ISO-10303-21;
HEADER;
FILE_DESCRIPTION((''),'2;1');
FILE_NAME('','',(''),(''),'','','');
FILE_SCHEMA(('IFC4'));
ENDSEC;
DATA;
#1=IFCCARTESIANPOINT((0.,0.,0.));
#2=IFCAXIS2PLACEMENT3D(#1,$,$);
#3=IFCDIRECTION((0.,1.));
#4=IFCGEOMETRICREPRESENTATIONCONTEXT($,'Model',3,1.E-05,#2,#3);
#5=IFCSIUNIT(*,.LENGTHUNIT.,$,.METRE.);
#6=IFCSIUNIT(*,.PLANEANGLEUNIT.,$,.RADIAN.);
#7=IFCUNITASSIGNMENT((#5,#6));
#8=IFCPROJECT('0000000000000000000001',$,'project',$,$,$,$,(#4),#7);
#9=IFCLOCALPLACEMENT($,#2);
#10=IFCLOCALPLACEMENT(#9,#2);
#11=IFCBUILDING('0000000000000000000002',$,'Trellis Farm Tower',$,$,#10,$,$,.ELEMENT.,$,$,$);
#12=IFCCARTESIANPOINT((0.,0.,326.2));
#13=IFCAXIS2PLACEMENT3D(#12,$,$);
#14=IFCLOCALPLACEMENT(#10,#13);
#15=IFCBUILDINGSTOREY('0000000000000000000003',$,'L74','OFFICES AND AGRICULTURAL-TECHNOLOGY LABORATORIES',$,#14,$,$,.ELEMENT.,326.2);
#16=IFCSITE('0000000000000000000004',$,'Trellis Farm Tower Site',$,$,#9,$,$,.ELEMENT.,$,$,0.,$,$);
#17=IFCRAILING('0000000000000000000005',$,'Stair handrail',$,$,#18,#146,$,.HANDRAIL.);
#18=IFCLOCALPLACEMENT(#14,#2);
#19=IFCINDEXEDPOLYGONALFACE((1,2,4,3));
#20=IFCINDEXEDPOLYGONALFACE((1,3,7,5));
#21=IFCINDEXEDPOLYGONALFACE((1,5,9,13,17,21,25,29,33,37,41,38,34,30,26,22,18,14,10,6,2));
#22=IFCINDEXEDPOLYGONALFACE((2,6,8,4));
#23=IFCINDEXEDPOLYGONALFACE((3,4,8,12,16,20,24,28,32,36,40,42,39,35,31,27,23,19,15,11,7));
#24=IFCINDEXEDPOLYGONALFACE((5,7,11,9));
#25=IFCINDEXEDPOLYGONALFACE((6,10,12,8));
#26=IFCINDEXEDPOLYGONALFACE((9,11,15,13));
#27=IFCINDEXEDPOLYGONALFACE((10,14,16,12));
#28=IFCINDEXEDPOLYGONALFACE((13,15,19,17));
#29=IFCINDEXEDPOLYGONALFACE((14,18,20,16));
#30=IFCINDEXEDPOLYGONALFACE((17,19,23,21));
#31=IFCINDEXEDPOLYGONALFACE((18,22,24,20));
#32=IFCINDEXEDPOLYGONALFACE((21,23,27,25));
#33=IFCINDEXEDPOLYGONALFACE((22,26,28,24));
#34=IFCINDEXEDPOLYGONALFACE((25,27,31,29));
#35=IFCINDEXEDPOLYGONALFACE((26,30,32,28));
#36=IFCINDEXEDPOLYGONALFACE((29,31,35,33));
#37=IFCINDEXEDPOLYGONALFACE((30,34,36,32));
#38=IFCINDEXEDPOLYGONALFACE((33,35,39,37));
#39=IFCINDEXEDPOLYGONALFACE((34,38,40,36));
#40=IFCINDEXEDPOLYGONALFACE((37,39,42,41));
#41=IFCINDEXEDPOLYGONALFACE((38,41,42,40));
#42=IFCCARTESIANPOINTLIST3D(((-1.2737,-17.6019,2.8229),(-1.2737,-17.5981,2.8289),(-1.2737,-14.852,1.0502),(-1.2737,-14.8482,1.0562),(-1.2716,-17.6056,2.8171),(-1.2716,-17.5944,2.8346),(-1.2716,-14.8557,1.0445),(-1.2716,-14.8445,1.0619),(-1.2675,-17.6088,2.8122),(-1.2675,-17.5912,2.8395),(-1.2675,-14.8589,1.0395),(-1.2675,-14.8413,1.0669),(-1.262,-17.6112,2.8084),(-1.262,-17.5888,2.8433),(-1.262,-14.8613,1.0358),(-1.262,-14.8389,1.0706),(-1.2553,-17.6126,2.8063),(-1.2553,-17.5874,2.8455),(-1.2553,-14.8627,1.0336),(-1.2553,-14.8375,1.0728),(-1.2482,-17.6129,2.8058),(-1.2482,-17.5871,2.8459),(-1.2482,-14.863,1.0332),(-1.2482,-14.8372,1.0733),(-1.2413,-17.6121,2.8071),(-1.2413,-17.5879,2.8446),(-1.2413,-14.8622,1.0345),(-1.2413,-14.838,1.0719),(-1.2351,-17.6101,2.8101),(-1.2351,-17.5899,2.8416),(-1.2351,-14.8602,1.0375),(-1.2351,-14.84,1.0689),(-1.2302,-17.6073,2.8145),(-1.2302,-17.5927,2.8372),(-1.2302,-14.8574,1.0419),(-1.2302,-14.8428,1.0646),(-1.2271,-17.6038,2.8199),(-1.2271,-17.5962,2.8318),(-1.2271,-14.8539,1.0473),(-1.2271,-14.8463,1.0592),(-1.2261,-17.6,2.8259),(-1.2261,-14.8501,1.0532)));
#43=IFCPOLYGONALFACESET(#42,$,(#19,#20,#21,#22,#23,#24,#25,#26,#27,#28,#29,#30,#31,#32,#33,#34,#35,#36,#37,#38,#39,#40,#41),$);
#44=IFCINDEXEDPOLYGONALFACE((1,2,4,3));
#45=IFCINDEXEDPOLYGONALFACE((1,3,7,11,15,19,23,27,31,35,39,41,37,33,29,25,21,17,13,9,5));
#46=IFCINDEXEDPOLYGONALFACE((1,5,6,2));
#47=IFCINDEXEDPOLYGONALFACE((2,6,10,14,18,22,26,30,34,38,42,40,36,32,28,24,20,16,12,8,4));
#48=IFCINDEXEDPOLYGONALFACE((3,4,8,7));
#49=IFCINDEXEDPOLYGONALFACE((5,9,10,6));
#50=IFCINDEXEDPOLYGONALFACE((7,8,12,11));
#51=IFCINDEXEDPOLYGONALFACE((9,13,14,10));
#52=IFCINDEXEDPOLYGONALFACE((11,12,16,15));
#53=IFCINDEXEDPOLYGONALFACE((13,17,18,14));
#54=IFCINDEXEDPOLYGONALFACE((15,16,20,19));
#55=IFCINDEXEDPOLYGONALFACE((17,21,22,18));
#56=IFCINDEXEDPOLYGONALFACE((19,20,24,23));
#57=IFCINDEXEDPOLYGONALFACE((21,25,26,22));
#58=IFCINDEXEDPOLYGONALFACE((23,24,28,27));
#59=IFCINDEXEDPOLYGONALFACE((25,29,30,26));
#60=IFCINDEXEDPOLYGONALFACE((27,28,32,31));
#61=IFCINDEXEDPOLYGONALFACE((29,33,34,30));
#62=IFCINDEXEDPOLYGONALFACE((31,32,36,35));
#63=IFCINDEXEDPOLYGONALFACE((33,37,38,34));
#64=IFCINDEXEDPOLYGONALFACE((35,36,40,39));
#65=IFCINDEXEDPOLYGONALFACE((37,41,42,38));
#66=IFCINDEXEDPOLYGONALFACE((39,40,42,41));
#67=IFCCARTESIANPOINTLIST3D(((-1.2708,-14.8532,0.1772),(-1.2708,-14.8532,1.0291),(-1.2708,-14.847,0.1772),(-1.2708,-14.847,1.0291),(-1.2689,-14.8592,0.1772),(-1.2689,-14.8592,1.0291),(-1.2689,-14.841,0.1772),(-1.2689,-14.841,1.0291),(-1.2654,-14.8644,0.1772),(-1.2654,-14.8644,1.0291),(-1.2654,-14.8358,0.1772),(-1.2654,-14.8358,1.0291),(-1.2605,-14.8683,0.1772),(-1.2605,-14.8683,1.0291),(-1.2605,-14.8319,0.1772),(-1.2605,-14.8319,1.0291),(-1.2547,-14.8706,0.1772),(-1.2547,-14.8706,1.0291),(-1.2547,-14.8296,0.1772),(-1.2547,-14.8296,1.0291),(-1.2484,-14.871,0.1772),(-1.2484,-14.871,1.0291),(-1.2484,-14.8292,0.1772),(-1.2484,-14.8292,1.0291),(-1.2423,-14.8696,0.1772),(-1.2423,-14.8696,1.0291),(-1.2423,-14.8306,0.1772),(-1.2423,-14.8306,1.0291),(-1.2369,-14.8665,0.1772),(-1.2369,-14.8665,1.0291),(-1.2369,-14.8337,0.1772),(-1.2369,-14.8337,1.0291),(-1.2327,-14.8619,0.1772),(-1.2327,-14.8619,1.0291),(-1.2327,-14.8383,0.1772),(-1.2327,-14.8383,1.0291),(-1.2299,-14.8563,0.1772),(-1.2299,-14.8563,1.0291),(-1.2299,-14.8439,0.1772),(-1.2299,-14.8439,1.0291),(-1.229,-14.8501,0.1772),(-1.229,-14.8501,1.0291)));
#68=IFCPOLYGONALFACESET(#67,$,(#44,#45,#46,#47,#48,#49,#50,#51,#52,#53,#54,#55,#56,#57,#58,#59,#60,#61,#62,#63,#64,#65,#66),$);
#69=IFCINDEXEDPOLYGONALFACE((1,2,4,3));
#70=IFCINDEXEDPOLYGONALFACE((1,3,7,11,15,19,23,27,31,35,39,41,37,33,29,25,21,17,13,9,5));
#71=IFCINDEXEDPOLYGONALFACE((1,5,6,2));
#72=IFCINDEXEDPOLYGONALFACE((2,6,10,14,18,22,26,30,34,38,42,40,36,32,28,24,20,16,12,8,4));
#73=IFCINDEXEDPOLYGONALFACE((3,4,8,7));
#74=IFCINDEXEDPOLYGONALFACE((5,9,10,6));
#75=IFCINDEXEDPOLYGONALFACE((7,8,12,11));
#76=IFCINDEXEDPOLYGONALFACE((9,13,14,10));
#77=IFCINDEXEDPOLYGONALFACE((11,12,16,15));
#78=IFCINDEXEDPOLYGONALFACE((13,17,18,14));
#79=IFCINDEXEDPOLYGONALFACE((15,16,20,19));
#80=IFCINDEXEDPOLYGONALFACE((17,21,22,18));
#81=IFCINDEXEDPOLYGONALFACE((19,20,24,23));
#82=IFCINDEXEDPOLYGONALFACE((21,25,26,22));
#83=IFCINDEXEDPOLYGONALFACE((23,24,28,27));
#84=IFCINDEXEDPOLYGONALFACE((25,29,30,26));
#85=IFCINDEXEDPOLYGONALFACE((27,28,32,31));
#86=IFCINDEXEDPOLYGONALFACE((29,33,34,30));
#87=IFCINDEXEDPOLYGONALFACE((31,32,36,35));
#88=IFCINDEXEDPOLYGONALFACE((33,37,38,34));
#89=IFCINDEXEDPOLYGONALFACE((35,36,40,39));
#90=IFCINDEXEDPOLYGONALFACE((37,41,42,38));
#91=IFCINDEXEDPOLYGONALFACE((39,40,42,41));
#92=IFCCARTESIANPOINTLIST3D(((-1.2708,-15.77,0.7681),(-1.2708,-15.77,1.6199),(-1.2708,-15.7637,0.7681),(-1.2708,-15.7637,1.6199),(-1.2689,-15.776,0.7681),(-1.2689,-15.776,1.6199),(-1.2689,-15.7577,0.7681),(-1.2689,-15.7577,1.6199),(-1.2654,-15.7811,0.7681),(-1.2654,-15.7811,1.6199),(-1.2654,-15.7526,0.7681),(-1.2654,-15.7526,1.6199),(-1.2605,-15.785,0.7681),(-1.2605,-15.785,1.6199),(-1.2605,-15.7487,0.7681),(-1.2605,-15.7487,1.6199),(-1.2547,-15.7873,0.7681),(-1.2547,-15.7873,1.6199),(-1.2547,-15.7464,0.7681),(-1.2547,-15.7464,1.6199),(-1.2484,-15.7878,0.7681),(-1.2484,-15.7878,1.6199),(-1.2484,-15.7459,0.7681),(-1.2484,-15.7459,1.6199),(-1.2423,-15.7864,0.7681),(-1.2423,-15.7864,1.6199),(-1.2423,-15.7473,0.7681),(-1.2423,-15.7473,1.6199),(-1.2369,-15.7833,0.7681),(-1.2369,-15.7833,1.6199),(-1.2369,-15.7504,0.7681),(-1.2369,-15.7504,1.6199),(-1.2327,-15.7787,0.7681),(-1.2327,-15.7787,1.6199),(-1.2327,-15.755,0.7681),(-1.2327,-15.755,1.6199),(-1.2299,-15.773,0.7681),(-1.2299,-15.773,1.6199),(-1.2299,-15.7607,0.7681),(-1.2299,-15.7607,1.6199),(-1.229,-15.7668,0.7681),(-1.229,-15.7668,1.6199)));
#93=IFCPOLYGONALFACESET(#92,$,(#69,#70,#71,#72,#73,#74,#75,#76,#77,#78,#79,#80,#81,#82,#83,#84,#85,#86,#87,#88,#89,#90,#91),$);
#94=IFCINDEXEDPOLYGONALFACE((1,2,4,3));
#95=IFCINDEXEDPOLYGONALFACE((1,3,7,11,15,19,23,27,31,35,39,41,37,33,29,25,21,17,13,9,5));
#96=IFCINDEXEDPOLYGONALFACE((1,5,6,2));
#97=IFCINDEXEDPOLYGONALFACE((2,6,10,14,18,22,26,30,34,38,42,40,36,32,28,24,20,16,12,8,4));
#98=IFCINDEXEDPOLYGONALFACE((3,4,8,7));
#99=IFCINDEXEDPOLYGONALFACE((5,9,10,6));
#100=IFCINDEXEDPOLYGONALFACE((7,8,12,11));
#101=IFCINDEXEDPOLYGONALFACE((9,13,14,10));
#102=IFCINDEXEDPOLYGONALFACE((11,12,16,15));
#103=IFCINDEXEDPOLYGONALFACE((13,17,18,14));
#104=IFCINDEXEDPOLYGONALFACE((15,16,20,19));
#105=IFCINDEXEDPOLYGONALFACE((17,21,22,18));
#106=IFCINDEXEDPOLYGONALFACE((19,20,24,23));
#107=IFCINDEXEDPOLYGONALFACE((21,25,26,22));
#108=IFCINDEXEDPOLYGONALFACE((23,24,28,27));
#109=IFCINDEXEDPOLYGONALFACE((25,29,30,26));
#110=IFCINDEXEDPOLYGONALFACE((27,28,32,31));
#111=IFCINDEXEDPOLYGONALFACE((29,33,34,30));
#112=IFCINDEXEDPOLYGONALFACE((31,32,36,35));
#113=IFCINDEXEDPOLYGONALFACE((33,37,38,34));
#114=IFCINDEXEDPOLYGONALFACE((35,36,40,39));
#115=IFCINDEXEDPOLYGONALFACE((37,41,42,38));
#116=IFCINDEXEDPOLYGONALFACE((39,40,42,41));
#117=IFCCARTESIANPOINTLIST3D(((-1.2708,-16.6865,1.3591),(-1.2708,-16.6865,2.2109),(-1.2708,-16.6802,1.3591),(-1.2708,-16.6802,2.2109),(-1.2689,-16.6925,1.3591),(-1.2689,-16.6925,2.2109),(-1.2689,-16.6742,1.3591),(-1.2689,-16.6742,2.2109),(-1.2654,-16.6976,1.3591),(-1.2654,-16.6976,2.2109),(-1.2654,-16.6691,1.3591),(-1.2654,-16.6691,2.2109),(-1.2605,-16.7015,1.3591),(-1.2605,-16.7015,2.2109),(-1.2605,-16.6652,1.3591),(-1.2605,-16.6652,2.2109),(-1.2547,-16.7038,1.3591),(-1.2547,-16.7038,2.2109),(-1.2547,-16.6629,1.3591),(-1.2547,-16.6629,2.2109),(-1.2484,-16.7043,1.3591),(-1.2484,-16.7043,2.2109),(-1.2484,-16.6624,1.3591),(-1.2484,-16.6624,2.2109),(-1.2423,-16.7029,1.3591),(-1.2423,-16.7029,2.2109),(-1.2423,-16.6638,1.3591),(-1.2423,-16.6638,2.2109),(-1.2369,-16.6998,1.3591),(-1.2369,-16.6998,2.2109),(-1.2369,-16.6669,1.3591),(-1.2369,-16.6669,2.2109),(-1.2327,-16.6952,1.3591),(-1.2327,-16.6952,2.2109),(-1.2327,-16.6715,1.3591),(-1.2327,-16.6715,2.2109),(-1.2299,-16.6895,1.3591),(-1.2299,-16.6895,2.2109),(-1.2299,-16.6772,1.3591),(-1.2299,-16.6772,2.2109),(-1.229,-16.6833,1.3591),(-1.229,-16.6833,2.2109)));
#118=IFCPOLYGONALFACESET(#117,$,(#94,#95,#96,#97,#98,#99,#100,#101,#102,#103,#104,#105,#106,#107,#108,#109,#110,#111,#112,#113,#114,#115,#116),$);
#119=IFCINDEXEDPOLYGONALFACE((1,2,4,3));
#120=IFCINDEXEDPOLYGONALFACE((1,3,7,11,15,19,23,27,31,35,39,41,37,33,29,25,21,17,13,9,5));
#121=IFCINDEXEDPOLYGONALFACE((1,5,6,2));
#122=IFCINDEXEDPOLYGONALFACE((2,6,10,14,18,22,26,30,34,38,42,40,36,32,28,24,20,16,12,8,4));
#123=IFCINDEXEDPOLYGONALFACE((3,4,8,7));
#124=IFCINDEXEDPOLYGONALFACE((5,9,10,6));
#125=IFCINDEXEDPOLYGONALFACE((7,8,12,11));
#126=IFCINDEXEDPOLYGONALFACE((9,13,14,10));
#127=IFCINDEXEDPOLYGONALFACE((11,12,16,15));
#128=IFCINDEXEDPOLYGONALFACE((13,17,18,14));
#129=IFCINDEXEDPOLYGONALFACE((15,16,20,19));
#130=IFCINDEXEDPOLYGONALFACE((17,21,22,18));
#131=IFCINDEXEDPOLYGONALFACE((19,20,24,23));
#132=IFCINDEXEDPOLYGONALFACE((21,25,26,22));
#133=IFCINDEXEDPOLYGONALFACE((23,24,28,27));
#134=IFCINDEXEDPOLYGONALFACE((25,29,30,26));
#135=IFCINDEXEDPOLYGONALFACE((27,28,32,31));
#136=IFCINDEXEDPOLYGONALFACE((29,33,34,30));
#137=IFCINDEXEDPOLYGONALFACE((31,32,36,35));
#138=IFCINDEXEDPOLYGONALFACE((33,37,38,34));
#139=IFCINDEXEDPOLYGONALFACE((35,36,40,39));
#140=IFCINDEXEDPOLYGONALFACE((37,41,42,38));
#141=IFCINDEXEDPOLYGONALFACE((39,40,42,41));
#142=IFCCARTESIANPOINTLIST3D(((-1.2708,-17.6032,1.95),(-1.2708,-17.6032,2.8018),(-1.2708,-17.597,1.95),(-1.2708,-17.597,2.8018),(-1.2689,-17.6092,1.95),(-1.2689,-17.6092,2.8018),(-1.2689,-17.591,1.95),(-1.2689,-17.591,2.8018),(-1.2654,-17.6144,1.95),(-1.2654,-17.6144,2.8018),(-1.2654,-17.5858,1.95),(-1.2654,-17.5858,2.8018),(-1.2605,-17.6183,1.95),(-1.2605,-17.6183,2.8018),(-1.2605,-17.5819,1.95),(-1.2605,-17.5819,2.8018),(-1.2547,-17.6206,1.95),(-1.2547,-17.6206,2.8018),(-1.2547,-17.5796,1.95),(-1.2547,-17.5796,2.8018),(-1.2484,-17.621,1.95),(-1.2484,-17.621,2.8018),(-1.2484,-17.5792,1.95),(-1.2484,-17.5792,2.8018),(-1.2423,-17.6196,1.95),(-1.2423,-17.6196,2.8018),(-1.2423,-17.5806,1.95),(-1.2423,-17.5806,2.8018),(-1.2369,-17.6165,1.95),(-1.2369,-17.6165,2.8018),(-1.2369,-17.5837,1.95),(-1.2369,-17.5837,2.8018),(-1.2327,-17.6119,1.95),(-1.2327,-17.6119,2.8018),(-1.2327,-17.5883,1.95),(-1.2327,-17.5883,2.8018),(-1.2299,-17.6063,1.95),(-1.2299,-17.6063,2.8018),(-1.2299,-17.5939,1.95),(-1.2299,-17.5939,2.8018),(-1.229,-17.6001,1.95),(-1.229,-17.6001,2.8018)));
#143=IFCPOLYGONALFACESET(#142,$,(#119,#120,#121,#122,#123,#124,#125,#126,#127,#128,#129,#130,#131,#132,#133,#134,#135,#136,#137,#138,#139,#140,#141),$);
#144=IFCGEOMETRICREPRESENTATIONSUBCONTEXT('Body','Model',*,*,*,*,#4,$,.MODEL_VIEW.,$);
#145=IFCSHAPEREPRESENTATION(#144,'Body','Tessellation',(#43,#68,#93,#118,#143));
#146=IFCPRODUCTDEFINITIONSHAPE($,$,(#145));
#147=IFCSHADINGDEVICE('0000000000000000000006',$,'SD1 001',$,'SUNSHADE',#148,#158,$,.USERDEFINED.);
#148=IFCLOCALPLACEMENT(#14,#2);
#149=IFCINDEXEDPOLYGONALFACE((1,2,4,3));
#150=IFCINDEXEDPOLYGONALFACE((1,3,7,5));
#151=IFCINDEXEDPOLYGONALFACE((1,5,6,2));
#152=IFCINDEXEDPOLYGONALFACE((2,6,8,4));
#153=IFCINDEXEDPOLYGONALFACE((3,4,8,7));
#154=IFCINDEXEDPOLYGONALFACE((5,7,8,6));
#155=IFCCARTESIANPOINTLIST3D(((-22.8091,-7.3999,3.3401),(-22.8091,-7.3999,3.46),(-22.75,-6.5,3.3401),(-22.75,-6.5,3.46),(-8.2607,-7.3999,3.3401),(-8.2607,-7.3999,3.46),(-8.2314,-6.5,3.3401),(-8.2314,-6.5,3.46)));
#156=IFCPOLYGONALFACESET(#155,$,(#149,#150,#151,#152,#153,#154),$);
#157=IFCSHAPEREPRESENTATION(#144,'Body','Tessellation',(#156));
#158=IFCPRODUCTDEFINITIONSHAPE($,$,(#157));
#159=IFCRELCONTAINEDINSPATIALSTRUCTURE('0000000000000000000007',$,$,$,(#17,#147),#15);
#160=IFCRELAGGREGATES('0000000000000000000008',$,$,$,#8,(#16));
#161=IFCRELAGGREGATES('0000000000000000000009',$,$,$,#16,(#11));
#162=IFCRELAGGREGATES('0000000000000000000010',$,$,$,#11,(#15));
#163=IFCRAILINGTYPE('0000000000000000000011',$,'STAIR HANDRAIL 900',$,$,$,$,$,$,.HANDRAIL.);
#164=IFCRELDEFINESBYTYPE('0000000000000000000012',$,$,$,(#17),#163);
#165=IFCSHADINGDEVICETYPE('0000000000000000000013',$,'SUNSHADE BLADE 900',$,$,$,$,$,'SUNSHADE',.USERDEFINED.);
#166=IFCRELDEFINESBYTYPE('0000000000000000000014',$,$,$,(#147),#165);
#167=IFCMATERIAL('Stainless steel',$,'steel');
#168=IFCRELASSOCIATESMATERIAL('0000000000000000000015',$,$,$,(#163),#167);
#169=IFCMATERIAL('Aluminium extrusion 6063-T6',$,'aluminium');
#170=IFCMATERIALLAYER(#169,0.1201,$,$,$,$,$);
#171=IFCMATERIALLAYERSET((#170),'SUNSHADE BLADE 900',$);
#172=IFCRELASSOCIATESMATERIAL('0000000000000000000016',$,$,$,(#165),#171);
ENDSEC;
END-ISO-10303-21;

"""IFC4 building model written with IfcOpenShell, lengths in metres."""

from ifc_helpers import new_model, si_unit, direction, frame, origin, origin_2d, place, context, subcontext, project, spatial, polyline, circle, outline, extrude, source, transform, mapped, material, layer, layer_set, type_object, element, save


model = new_model("IFC4")

# Units and contexts
model_context = context("Model", 3, precision=1e-05, world=origin(), true_north=direction((0.0, 1.0)))
body_context = subcontext(model_context, "Body", "Model", "MODEL_VIEW")
ifc_project = project(units=[si_unit("LENGTHUNIT", "METRE"), si_unit("PLANEANGLEUNIT", "RADIAN")], contexts=[model_context])

# Site, building, storey
site_placement = place(None, origin())
site = spatial("IfcSite", under=ifc_project, at=site_placement, Name="Trellis Farm Tower Site", CompositionType="ELEMENT", RefElevation=0.0)
building_placement = place(site_placement, origin())
building = spatial("IfcBuilding", under=site, at=building_placement, Name="Trellis Farm Tower", CompositionType="ELEMENT")
storey_placement = place(building_placement, frame((0.0, 0.0, 326.2)))
storey = spatial("IfcBuildingStorey", under=building, at=storey_placement, Name="L74", Description="OFFICES AND AGRICULTURAL-TECHNOLOGY LABORATORIES", CompositionType="ELEMENT", Elevation=326.2)

# Shared definitions
ifc_material_1 = material(Name="Aluminium extrusion 6063-T6", Category="aluminium")

# Railing
ifc_material_2 = material(Name="Stainless steel", Category="steel")
railing_type = type_object("IfcRailingType", Name="STAIR HANDRAIL 900", PredefinedType="HANDRAIL", material=ifc_material_2)
shared_shape_1 = source(origin(), body_context, "Body", "SweptSolid", [
    extrude(circle(Radius=0.0239, at=origin_2d()), frame((0.0, 0.0, 0.876), z_axis=(0.0, -0.840504, 0.541806), x_axis=(1.0, 0.0, 0.0)), (0.0, 0.0, 1.0), 3.2717),
    extrude(circle(Radius=0.021, at=origin_2d()), origin(), (0.0, 0.0, 1.0), 0.8518),
    extrude(circle(Radius=0.021, at=origin_2d()), frame((0.0, -0.9167, 0.5908)), (0.0, 0.0, 1.0), 0.8518),
    extrude(circle(Radius=0.021, at=origin_2d()), frame((0.0, -1.8333, 1.1819)), (0.0, 0.0, 1.0), 0.8518),
    extrude(circle(Radius=0.021, at=origin_2d()), frame((0.0, -2.75, 1.7727)), (0.0, 0.0, 1.0), 0.8518),
])
railing_placement = place(storey_placement, frame((-1.25, -14.8501, 0.1772)))
element("IfcRailing", 1, at=railing_placement, inside=storey, type_object=railing_type, Name="Stair handrail", PredefinedType="HANDRAIL", context=body_context, shape_type="MappedRepresentation", body=[
    mapped(shared_shape_1, transform((0.0, 0.0, 0.0))),
])

# Shading device
ifc_layer_1 = layer(ifc_material_1, 0.1201)
ifc_layer_set_1 = layer_set([ifc_layer_1], Name="SUNSHADE BLADE 900")
shading_device_type = type_object("IfcShadingDeviceType", Name="SUNSHADE BLADE 900", ElementType="SUNSHADE", PredefinedType="USERDEFINED", material=ifc_layer_set_1)
shared_shape_2 = source(origin(), body_context, "Body", "SweptSolid", [
    extrude(outline(polyline([(-22.8091, -7.3999), (-8.2607, -7.3999), (-8.2314, -6.5), (-22.75, -6.5), (-22.8091, -7.3999)])), origin(), (0.0, 0.0, 1.0), 0.1199),
])
shading_device_placement = place(storey_placement, frame((0.0, 0.0, 3.3401)))
element("IfcShadingDevice", 2, at=shading_device_placement, inside=storey, type_object=shading_device_type, Name="SD1 001", ObjectType="SUNSHADE", PredefinedType="USERDEFINED", context=body_context, shape_type="MappedRepresentation", body=[
    mapped(shared_shape_2, transform((0.0, 0.0, 0.0))),
])

save(model, "model.ifc")
